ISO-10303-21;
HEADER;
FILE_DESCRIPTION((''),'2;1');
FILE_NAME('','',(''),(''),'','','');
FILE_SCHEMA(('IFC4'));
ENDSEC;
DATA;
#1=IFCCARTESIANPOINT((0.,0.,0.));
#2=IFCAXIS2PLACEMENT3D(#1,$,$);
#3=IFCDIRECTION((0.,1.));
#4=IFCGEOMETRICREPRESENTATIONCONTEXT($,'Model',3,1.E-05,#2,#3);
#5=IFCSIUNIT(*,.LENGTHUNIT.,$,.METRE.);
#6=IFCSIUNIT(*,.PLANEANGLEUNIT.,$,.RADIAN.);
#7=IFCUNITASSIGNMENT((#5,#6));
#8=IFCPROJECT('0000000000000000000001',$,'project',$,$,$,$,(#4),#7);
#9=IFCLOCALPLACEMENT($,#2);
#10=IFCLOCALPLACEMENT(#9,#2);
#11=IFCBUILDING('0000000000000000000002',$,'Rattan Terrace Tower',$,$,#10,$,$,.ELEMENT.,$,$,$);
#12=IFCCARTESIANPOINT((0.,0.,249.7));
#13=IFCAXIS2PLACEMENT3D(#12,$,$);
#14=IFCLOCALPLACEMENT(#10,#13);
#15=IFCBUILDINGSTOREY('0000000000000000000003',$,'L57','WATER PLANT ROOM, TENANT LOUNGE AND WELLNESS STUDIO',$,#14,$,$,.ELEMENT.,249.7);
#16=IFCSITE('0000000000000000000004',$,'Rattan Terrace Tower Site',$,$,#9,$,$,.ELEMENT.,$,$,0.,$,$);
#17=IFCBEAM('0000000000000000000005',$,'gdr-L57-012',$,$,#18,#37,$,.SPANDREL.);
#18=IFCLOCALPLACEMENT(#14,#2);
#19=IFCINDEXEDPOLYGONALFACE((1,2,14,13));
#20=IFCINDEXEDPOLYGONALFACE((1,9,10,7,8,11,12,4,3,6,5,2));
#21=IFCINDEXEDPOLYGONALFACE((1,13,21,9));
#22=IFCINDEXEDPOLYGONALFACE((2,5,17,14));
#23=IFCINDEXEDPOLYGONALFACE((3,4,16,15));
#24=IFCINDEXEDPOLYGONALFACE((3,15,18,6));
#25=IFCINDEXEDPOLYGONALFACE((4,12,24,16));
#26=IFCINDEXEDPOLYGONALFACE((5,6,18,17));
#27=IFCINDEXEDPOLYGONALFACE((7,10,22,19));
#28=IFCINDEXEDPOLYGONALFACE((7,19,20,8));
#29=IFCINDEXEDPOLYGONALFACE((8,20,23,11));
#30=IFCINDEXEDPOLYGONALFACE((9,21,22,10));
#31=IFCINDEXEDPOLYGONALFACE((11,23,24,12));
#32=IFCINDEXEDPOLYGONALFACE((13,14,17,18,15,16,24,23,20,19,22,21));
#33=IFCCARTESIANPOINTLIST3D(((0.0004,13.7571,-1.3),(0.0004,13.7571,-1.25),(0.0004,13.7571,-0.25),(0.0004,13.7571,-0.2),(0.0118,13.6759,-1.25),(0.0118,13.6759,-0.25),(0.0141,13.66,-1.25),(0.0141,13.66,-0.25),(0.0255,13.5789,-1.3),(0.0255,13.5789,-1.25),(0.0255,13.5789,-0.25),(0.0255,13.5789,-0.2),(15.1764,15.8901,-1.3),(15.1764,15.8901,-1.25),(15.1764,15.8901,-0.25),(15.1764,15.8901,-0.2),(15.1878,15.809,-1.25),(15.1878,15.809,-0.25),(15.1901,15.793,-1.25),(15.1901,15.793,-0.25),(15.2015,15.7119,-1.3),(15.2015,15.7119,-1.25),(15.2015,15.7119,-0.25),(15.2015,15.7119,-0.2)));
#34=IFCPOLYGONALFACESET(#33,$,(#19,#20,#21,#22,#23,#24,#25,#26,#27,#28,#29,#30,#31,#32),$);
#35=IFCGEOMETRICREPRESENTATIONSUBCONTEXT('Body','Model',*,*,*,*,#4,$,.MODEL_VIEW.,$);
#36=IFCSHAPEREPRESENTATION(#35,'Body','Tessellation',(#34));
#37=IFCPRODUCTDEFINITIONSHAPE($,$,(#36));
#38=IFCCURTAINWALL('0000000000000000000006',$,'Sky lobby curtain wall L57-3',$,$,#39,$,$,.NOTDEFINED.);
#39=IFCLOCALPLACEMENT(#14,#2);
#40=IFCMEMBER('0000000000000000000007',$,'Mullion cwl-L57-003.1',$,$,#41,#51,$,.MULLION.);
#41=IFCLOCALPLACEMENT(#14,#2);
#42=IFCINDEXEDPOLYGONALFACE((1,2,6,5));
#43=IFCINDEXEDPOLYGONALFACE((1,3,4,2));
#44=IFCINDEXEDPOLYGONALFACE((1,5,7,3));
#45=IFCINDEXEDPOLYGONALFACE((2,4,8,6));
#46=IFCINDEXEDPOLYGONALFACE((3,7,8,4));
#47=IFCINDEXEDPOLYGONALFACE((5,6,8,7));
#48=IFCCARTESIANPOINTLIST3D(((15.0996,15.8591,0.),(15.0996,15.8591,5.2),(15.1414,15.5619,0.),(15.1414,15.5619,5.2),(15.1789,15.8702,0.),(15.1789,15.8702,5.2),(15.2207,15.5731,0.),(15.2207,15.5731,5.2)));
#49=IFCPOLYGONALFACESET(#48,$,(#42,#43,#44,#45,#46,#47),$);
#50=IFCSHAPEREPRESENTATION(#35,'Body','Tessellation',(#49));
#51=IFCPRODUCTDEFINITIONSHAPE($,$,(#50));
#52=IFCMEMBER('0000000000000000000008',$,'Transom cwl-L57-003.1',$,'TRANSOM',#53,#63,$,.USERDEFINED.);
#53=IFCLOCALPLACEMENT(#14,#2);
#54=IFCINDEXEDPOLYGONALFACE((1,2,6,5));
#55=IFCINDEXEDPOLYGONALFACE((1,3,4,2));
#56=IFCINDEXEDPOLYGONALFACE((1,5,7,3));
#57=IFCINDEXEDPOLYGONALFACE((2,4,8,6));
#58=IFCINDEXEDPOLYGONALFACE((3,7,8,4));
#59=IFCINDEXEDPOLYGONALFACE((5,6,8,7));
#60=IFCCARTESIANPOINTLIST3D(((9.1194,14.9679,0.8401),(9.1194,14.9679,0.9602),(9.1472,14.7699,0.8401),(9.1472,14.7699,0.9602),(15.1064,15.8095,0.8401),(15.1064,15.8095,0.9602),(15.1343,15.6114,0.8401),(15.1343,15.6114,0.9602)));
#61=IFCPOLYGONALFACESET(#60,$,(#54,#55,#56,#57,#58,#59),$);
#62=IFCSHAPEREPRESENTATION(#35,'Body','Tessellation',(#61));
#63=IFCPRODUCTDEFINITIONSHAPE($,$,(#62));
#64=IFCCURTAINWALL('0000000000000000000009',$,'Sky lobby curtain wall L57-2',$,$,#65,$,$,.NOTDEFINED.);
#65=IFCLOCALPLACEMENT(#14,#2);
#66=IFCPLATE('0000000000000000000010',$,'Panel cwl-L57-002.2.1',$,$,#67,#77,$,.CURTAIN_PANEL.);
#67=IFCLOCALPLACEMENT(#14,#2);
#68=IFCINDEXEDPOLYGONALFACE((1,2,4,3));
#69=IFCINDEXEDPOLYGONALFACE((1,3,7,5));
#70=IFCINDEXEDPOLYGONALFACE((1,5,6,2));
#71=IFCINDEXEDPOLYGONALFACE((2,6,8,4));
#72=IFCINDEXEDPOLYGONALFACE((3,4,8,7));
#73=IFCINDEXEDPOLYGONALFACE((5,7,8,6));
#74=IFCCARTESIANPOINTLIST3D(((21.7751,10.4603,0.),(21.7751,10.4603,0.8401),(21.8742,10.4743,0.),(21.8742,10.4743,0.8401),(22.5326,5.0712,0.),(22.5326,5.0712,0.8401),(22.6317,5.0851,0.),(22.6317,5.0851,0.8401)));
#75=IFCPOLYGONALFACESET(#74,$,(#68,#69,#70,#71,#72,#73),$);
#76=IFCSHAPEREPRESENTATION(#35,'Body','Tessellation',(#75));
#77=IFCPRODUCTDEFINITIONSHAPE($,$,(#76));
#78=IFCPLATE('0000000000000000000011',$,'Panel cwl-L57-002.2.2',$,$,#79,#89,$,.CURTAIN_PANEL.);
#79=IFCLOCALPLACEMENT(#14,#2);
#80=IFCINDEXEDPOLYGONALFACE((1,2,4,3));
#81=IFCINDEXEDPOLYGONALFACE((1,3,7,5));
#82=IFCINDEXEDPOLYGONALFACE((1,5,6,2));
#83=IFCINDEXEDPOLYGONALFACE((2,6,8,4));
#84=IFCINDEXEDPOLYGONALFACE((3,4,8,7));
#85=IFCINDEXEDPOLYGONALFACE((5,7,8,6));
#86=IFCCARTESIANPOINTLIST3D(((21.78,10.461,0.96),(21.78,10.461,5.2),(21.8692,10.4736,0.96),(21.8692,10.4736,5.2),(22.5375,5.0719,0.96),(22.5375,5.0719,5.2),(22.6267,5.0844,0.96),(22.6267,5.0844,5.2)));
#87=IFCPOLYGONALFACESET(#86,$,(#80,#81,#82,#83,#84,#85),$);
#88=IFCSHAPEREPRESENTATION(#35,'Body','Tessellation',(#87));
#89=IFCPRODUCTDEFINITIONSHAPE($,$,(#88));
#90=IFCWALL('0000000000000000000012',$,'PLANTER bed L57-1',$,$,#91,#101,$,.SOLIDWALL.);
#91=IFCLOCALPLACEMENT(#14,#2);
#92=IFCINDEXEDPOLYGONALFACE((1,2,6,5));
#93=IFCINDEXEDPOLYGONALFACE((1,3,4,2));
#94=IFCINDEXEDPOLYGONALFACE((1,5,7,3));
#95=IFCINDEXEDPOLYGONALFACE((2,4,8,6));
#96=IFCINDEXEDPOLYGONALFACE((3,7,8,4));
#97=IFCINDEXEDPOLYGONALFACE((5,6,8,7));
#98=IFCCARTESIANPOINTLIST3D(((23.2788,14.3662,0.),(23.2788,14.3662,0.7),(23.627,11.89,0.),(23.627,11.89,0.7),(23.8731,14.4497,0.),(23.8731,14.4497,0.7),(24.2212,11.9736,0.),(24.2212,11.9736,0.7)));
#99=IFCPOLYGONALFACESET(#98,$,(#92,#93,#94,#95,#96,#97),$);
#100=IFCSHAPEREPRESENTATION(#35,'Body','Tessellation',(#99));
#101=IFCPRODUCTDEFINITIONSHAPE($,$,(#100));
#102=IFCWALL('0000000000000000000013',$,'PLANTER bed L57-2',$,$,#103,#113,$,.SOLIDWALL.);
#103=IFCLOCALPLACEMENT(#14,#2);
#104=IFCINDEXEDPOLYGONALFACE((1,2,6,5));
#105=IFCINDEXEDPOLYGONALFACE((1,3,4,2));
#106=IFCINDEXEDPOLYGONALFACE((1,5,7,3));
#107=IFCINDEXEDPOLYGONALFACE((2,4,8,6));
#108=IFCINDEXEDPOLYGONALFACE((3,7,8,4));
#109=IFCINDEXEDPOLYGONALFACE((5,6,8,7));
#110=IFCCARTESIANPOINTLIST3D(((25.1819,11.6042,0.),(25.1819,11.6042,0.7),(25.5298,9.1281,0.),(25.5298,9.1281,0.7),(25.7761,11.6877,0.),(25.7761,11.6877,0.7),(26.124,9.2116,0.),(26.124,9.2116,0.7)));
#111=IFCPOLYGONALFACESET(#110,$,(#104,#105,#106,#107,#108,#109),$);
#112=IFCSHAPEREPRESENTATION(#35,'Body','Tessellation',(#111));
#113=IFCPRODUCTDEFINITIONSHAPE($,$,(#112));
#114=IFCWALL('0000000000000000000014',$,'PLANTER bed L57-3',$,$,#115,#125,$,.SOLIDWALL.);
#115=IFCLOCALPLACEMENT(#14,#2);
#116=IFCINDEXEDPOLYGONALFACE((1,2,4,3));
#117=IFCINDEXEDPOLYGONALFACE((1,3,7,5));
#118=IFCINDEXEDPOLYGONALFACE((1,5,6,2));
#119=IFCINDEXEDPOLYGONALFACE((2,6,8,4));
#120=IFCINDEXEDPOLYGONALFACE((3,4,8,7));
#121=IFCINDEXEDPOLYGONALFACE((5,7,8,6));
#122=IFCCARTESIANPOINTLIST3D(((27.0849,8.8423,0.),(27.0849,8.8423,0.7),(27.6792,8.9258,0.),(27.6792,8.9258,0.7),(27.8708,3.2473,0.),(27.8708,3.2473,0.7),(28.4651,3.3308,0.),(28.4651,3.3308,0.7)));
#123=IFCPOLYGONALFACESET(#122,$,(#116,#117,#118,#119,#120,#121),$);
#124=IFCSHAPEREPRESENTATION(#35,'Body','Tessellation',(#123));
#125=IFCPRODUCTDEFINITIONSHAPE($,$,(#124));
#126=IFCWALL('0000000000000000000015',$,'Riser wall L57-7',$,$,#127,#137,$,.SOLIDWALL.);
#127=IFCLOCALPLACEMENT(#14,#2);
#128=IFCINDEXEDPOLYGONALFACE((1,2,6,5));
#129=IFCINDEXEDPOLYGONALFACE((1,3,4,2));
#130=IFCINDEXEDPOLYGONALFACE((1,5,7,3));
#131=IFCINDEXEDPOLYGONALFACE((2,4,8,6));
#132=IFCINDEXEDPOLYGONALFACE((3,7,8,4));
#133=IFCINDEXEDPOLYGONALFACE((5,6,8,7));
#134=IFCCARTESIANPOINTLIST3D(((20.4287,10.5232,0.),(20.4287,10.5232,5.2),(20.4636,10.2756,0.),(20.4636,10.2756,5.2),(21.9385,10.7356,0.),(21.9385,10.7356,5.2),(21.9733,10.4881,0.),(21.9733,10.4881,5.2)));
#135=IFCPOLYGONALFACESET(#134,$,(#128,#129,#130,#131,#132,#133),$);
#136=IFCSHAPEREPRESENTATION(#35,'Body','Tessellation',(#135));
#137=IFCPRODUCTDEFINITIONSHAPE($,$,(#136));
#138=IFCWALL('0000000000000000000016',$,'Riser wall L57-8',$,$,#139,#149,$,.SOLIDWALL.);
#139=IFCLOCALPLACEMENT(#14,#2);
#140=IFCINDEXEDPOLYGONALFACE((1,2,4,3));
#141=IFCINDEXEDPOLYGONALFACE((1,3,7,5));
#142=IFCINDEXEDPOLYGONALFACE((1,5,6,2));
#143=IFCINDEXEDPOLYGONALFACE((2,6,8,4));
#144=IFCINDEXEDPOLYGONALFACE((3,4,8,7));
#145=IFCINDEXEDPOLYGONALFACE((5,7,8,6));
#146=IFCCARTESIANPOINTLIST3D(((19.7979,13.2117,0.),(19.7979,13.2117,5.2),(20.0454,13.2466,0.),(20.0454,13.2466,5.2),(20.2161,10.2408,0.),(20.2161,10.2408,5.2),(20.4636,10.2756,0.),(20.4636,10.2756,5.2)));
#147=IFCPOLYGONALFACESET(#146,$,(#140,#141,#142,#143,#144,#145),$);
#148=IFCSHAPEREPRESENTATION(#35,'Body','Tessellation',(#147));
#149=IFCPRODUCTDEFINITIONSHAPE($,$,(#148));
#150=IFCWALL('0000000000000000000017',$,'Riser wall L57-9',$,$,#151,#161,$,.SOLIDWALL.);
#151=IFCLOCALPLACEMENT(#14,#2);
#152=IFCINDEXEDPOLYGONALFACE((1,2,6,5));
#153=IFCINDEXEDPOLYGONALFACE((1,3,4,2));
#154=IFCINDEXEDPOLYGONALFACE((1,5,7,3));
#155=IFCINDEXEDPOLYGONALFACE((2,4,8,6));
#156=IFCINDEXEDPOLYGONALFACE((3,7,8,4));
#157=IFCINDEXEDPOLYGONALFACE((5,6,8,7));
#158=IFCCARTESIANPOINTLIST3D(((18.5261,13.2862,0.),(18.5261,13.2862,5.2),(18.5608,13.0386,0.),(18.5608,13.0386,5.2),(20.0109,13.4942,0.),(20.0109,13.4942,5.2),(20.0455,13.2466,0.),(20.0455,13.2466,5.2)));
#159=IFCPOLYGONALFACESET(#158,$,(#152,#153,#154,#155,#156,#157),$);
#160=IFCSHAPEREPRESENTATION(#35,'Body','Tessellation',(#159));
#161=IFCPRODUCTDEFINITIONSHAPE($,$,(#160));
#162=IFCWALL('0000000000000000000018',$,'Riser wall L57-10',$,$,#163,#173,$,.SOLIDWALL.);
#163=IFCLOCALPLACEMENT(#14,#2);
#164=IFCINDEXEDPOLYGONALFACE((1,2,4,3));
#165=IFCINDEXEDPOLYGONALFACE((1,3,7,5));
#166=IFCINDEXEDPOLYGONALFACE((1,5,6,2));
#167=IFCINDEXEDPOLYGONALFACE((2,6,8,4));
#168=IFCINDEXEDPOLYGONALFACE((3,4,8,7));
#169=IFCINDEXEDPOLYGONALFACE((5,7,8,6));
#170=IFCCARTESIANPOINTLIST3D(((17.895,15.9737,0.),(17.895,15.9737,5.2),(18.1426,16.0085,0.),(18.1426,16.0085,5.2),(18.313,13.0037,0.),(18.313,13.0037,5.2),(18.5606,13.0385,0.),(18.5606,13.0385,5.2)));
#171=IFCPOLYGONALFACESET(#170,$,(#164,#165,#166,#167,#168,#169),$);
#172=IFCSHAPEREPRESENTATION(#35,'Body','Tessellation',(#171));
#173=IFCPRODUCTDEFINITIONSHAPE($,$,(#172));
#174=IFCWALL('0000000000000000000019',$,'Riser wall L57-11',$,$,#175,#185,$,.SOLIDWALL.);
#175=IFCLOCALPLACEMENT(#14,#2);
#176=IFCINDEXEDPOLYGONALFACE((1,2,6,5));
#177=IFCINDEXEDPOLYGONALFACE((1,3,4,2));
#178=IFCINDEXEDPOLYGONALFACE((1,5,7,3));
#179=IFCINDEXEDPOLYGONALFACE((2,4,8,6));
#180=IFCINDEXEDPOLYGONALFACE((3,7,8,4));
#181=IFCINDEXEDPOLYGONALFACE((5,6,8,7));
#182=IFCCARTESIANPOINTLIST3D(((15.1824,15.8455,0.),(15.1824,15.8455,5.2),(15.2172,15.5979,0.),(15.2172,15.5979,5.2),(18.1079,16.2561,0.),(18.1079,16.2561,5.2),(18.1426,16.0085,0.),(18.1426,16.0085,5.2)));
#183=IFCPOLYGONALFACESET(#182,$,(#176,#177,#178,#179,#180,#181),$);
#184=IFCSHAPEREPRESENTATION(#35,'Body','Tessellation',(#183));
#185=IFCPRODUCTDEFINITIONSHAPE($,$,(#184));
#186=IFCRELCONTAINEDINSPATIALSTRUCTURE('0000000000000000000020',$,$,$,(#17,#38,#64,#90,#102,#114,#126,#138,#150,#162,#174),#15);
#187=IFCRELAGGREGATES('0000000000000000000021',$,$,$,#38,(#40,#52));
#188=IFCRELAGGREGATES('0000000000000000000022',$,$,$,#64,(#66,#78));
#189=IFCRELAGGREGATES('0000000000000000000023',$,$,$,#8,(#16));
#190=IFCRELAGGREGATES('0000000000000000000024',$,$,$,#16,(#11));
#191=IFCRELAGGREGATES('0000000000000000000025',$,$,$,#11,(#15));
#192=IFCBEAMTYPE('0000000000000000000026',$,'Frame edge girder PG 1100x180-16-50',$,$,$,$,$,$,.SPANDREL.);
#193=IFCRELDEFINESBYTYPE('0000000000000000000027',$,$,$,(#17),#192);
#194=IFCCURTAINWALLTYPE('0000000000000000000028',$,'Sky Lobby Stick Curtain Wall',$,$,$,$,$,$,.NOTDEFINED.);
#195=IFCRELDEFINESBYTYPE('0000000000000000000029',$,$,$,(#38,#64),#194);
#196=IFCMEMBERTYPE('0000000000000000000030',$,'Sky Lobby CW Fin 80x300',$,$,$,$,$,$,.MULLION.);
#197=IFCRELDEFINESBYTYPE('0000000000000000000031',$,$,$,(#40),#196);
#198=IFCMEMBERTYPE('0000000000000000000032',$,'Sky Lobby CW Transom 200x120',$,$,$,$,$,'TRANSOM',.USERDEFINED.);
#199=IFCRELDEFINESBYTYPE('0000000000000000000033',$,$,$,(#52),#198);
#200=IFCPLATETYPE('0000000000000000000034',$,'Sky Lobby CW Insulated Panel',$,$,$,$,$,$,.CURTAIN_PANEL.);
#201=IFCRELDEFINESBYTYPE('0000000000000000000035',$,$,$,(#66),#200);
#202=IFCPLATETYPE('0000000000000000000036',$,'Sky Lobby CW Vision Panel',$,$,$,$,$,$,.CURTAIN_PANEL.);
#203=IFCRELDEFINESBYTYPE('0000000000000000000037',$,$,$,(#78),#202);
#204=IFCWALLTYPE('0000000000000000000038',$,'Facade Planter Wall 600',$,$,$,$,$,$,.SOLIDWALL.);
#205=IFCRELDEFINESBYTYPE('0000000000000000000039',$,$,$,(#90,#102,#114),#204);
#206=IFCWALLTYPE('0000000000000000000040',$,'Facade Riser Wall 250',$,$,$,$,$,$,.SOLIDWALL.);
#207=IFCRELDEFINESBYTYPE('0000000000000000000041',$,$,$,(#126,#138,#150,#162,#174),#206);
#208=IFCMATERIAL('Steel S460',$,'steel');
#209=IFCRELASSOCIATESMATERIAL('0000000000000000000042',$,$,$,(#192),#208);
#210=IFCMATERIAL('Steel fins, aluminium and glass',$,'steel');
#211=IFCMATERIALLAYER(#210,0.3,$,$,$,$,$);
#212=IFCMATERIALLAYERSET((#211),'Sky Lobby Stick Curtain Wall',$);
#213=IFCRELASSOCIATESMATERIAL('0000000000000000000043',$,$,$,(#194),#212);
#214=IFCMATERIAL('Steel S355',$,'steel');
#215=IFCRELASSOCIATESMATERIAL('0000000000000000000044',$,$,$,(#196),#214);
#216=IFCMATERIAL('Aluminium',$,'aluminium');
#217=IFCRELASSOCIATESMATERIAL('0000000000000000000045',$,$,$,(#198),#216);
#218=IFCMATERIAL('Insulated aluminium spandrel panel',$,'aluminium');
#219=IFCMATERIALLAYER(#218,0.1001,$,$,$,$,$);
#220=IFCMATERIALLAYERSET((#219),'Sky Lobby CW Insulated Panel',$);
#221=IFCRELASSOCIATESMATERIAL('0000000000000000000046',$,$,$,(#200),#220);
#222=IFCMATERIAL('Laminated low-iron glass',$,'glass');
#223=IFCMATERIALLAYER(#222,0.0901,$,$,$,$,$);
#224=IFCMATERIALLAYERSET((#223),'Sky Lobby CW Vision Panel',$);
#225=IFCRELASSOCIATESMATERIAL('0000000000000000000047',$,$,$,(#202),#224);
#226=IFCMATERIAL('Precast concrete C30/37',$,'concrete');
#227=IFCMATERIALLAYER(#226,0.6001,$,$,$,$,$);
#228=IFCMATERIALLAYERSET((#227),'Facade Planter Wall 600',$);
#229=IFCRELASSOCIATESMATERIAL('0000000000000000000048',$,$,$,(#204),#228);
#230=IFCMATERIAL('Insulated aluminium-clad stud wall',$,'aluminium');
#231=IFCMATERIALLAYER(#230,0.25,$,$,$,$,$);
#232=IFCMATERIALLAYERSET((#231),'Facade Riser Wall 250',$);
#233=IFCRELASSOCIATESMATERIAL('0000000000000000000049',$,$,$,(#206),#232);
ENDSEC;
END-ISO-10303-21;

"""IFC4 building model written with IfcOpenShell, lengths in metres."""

from ifc_helpers import new_model, si_unit, direction, frame, frame_2d, origin, origin_2d, place, context, subcontext, project, spatial, rectangle, i_section, extrude, material, layer, layer_set, material_profile, profile_set, type_object, element, aggregate, save


model = new_model("IFC4")

# Units and contexts
model_context = context("Model", 3, precision=1e-05, world=origin(), true_north=direction((0.0, 1.0)))
body_context = subcontext(model_context, "Body", "Model", "MODEL_VIEW")
ifc_project = project(units=[si_unit("LENGTHUNIT", "METRE"), si_unit("PLANEANGLEUNIT", "RADIAN")], contexts=[model_context])

# Site, building, storey
site_placement = place(None, origin())
site = spatial("IfcSite", under=ifc_project, at=site_placement, Name="Rattan Terrace Tower Site", CompositionType="ELEMENT", RefElevation=0.0)
building_placement = place(site_placement, origin())
building = spatial("IfcBuilding", under=site, at=building_placement, Name="Rattan Terrace Tower", CompositionType="ELEMENT")
storey_placement = place(building_placement, frame((0.0, 0.0, 249.7)))
storey = spatial("IfcBuildingStorey", under=building, at=storey_placement, Name="L57", Description="WATER PLANT ROOM, TENANT LOUNGE AND WELLNESS STUDIO", CompositionType="ELEMENT", Elevation=249.7)

# Beam
ifc_material_1 = material(Name="Steel S460", Category="steel")
ifc_material_profile_1 = material_profile(ifc_material_1, i_section(OverallWidth=0.1799, OverallDepth=1.1001, WebThickness=0.0161, FlangeThickness=0.05, at=origin_2d()), Name="PG 1100x180-16-50")
ifc_profile_set_1 = profile_set([ifc_material_profile_1], Name="Steel S460")
beam_type = type_object("IfcBeamType", Name="Frame edge girder PG 1100x180-16-50", PredefinedType="SPANDREL", material=ifc_profile_set_1)
beam_placement = place(storey_placement, frame((15.189, 15.801, -0.75), z_axis=(-0.990266, -0.139186, 0.0), x_axis=(0.139186, -0.990266, 0.0)))
element("IfcBeam", 1, at=beam_placement, inside=storey, type_object=beam_type, Name="gdr-L57-012", PredefinedType="SPANDREL", context=body_context, shape_type="SweptSolid", body=[
    extrude(i_section(OverallWidth=0.1799, OverallDepth=1.1001, WebThickness=0.0161, FlangeThickness=0.05, at=origin_2d()), origin(), (0.0, 0.0, 1.0), 15.3252),
])

# Curtain wall, members
ifc_material_2 = material(Name="Steel fins, aluminium and glass", Category="steel")
ifc_layer_1 = layer(ifc_material_2, 0.3)
ifc_layer_set_1 = layer_set([ifc_layer_1], Name="Sky Lobby Stick Curtain Wall")
curtain_wall_type = type_object("IfcCurtainWallType", Name="Sky Lobby Stick Curtain Wall", PredefinedType="NOTDEFINED", material=ifc_layer_set_1)
curtain_wall_1_placement = place(storey_placement, origin())
curtain_wall_1 = element("IfcCurtainWall", 2, at=curtain_wall_1_placement, inside=storey, type_object=curtain_wall_type, Name="Sky lobby curtain wall L57-3", PredefinedType="NOTDEFINED")
ifc_material_3 = material(Name="Steel S355", Category="steel")
ifc_material_profile_2 = material_profile(ifc_material_3, rectangle(XDim=0.0801, YDim=0.3, at=origin_2d()), Name="Steel S355 80x300")
ifc_profile_set_2 = profile_set([ifc_material_profile_2], Name="Steel S355")
member_type_1 = type_object("IfcMemberType", Name="Sky Lobby CW Fin 80x300", PredefinedType="MULLION", material=ifc_profile_set_2)
member_1_placement = place(storey_placement, frame((15.1602, 15.7161, 0.0), z_axis=(0.0, 0.0, 1.0), x_axis=(-0.990266, -0.139189, 0.0)))
member_1 = element("IfcMember", 3, at=member_1_placement, type_object=member_type_1, Name="Mullion cwl-L57-003.1", PredefinedType="MULLION", context=body_context, shape_type="SweptSolid", body=[
    extrude(rectangle(XDim=0.0801, YDim=0.3, at=origin_2d()), origin(), (0.0, 0.0, 1.0), 5.2),
])
ifc_material_4 = material(Name="Aluminium", Category="aluminium")
ifc_material_profile_3 = material_profile(ifc_material_4, rectangle(XDim=0.2, YDim=0.1201, at=origin_2d()), Name="Aluminium 200x120")
ifc_profile_set_3 = profile_set([ifc_material_profile_3], Name="Aluminium")
member_type_2 = type_object("IfcMemberType", Name="Sky Lobby CW Transom 200x120", ElementType="TRANSOM", PredefinedType="USERDEFINED", material=ifc_profile_set_3)
member_2_placement = place(storey_placement, frame((15.1204, 15.7104, 0.9001), z_axis=(-0.990265, -0.139194, 0.0), x_axis=(0.139194, -0.990265, 0.0)))
member_2 = element("IfcMember", 4, at=member_2_placement, type_object=member_type_2, Name="Transom cwl-L57-003.1", ObjectType="TRANSOM", PredefinedType="USERDEFINED", context=body_context, shape_type="SweptSolid", body=[
    extrude(rectangle(XDim=0.2, YDim=0.1201, at=origin_2d()), origin(), (0.0, 0.0, 1.0), 6.0459),
])
aggregate(curtain_wall_1, [member_1, member_2])

# Curtain wall, plates
curtain_wall_2_placement = place(storey_placement, origin())
curtain_wall_2 = element("IfcCurtainWall", 5, at=curtain_wall_2_placement, inside=storey, type_object=curtain_wall_type, Name="Sky lobby curtain wall L57-2", PredefinedType="NOTDEFINED")
ifc_material_5 = material(Name="Insulated aluminium spandrel panel", Category="aluminium")
ifc_layer_2 = layer(ifc_material_5, 0.1001)
ifc_layer_set_2 = layer_set([ifc_layer_2], Name="Sky Lobby CW Insulated Panel")
plate_type_1 = type_object("IfcPlateType", Name="Sky Lobby CW Insulated Panel", PredefinedType="CURTAIN_PANEL", material=ifc_layer_set_2)
plate_1_placement = place(storey_placement, frame((22.2034, 7.7727, 0.0), z_axis=(0.0, 0.0, 1.0), x_axis=(-0.139192, 0.990265, 0.0)))
plate_1 = element("IfcPlate", 6, at=plate_1_placement, type_object=plate_type_1, Name="Panel cwl-L57-002.2.1", PredefinedType="CURTAIN_PANEL", context=body_context, shape_type="SweptSolid", body=[
    extrude(rectangle(XDim=5.4421, YDim=0.1001, at=origin_2d()), origin(), (0.0, 0.0, 1.0), 0.8401),
])
ifc_material_6 = material(Name="Laminated low-iron glass", Category="glass")
ifc_layer_3 = layer(ifc_material_6, 0.0901)
ifc_layer_set_3 = layer_set([ifc_layer_3], Name="Sky Lobby CW Vision Panel")
plate_type_2 = type_object("IfcPlateType", Name="Sky Lobby CW Vision Panel", PredefinedType="CURTAIN_PANEL", material=ifc_layer_set_3)
plate_2_placement = place(storey_placement, frame((22.2034, 7.7727, 0.96), z_axis=(0.0, 0.0, 1.0), x_axis=(-0.139192, 0.990265, 0.0)))
plate_2 = element("IfcPlate", 7, at=plate_2_placement, type_object=plate_type_2, Name="Panel cwl-L57-002.2.2", PredefinedType="CURTAIN_PANEL", context=body_context, shape_type="SweptSolid", body=[
    extrude(rectangle(XDim=5.4421, YDim=0.0901, at=origin_2d()), origin(), (0.0, 0.0, 1.0), 4.24),
])
aggregate(curtain_wall_2, [plate_1, plate_2])

# Walls
ifc_material_7 = material(Name="Precast concrete C30/37", Category="concrete")
ifc_layer_4 = layer(ifc_material_7, 0.6001)
ifc_layer_set_4 = layer_set([ifc_layer_4], Name="Facade Planter Wall 600")
wall_type_1 = type_object("IfcWallType", Name="Facade Planter Wall 600", PredefinedType="SOLIDWALL", material=ifc_layer_set_4)
for number, where, z_axis, x_axis, name in (
    (8, (23.5759, 14.408, 0.0), (0.0, 0.0, 1.0), (0.139234, -0.99026, 0.0), "PLANTER bed L57-1"),
    (9, (25.479, 11.646, 0.0), (0.0, 0.0, 1.0), (0.139138, -0.990273, 0.0), "PLANTER bed L57-2"),
):
    element("IfcWall", number, at=place(storey_placement, frame(where, z_axis=z_axis, x_axis=x_axis)), inside=storey, type_object=wall_type_1, Name=name, PredefinedType="SOLIDWALL", context=body_context, shape_type="SweptSolid", body=[
        extrude(rectangle(XDim=2.5005, YDim=0.6001, at=frame_2d((1.2502, 0.0))), origin(), (0.0, 0.0, 1.0), 0.7),
    ])
wall_1_placement = place(storey_placement, frame((27.3821, 8.884, 0.0), z_axis=(0.0, 0.0, 1.0), x_axis=(0.139098, -0.990279, 0.0)))
element("IfcWall", 10, at=wall_1_placement, inside=storey, type_object=wall_type_1, Name="PLANTER bed L57-3", PredefinedType="SOLIDWALL", context=body_context, shape_type="SweptSolid", body=[
    extrude(rectangle(XDim=5.6499, YDim=0.6001, at=frame_2d((2.825, 0.0))), origin(), (0.0, 0.0, 1.0), 0.7),
])
ifc_material_8 = material(Name="Insulated aluminium-clad stud wall", Category="aluminium")
ifc_layer_5 = layer(ifc_material_8, 0.25)
ifc_layer_set_5 = layer_set([ifc_layer_5], Name="Facade Riser Wall 250")
wall_type_2 = type_object("IfcWallType", Name="Facade Riser Wall 250", PredefinedType="SOLIDWALL", material=ifc_layer_set_5)
wall_2_placement = place(storey_placement, frame((21.9558, 10.6118, 0.0), z_axis=(0.0, 0.0, 1.0), x_axis=(-0.990248, -0.139314, 0.0)))
element("IfcWall", 11, at=wall_2_placement, inside=storey, type_object=wall_type_2, Name="Riser wall L57-7", PredefinedType="SOLIDWALL", context=body_context, shape_type="SweptSolid", body=[
    extrude(rectangle(XDim=1.5247, YDim=0.25, at=frame_2d((0.7622, 0.0))), origin(), (0.0, 0.0, 1.0), 5.2),
])
wall_3_placement = place(storey_placement, frame((20.3398, 10.2583, 0.0), z_axis=(0.0, 0.0, 1.0), x_axis=(-0.139393, 0.990237, 0.0)))
element("IfcWall", 12, at=wall_3_placement, inside=storey, type_object=wall_type_2, Name="Riser wall L57-8", PredefinedType="SOLIDWALL", context=body_context, shape_type="SweptSolid", body=[
    extrude(rectangle(XDim=3.0002, YDim=0.25, at=frame_2d((1.5, 0.0))), origin(), (0.0, 0.0, 1.0), 5.2),
])
wall_4_placement = place(storey_placement, frame((20.0281, 13.3704, 0.0), z_axis=(0.0, 0.0, 1.0), x_axis=(-0.99033, -0.138731, 0.0)))
element("IfcWall", 13, at=wall_4_placement, inside=storey, type_object=wall_type_2, Name="Riser wall L57-9", PredefinedType="SOLIDWALL", context=body_context, shape_type="SweptSolid", body=[
    extrude(rectangle(XDim=1.4993, YDim=0.25, at=frame_2d((0.7495, 0.0))), origin(), (0.0, 0.0, 1.0), 5.2),
])
wall_5_placement = place(storey_placement, frame((18.4368, 13.0212, 0.0), z_axis=(0.0, 0.0, 1.0), x_axis=(-0.139358, 0.990242, 0.0)))
element("IfcWall", 14, at=wall_5_placement, inside=storey, type_object=wall_type_2, Name="Riser wall L57-10", PredefinedType="SOLIDWALL", context=body_context, shape_type="SweptSolid", body=[
    extrude(rectangle(XDim=2.9993, YDim=0.25, at=frame_2d((1.4995, 0.0))), origin(), (0.0, 0.0, 1.0), 5.2),
])
wall_6_placement = place(storey_placement, frame((18.1252, 16.1323, 0.0), z_axis=(0.0, 0.0, 1.0), x_axis=(-0.990292, -0.139003, 0.0)))
element("IfcWall", 15, at=wall_6_placement, inside=storey, type_object=wall_type_2, Name="Riser wall L57-11", PredefinedType="SOLIDWALL", context=body_context, shape_type="SweptSolid", body=[
    extrude(rectangle(XDim=2.9541, YDim=0.25, at=frame_2d((1.4771, 0.0))), origin(), (0.0, 0.0, 1.0), 5.2),
])

save(model, "model.ifc")
